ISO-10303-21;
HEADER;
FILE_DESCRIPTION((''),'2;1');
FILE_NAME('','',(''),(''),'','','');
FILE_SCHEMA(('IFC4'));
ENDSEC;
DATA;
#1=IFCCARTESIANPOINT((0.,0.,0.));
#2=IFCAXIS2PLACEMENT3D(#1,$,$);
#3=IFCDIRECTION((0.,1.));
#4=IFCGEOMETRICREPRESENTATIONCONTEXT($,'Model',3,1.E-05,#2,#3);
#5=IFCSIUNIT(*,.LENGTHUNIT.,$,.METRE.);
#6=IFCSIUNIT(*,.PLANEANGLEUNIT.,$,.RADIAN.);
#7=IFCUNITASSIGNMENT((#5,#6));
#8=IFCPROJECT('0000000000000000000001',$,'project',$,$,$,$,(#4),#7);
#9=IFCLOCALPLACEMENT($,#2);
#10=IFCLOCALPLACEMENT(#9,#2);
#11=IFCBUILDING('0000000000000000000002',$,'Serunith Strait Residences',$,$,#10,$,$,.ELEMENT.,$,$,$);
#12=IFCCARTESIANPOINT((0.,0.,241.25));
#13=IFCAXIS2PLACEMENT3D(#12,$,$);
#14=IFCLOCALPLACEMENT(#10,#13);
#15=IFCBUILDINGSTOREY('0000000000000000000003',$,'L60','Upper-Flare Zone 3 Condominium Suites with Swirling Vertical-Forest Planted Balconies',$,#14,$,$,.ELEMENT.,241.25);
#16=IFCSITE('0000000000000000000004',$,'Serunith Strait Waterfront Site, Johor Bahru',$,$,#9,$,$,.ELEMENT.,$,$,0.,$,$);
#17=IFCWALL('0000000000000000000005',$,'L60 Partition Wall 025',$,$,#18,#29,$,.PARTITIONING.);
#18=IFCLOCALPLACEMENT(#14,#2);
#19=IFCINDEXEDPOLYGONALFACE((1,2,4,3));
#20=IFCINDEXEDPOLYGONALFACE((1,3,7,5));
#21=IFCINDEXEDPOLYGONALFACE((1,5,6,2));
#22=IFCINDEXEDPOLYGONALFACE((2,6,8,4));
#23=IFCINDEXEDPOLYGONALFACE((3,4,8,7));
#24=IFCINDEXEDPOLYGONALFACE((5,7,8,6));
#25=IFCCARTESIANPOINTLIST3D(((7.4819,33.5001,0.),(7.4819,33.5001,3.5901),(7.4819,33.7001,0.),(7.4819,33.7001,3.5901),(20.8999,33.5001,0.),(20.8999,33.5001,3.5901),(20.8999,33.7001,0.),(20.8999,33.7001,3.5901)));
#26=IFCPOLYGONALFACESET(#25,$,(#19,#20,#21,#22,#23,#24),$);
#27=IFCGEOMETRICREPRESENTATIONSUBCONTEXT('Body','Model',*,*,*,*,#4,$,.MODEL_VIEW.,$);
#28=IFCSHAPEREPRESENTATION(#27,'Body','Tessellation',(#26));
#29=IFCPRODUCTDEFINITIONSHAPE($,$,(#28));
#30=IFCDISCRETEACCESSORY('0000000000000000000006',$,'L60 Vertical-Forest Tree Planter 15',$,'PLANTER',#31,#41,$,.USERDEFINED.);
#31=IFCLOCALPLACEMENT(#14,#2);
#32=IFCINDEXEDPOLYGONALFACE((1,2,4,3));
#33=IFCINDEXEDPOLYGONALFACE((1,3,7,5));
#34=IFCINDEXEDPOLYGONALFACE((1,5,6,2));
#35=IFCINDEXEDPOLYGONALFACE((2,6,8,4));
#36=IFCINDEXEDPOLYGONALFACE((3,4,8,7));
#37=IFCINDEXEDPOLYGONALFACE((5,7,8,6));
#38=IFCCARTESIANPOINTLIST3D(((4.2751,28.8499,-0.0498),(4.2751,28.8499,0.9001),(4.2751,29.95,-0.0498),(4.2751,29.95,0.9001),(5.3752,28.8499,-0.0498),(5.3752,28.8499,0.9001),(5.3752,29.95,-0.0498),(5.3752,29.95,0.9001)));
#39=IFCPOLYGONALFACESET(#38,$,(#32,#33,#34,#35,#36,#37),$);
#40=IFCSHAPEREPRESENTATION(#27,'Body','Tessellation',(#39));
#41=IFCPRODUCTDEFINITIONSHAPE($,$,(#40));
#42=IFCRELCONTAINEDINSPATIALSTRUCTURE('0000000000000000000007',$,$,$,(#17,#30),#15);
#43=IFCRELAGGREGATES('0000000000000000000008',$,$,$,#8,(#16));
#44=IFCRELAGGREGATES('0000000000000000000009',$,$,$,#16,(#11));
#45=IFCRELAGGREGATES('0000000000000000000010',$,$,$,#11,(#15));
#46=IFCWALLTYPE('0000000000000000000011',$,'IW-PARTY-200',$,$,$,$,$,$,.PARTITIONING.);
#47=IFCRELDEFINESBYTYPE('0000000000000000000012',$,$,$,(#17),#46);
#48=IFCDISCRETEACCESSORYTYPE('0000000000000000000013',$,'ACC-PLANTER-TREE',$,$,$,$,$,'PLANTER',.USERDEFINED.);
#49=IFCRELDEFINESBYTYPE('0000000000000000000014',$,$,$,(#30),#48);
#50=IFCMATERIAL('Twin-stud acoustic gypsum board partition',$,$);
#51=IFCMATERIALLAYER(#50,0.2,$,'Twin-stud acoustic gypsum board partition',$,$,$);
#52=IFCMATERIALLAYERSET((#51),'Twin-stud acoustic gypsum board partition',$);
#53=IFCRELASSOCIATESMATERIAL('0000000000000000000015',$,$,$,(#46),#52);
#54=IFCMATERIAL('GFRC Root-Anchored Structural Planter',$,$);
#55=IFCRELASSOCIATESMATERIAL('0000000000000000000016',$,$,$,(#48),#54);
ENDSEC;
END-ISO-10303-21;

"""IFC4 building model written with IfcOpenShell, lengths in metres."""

from ifc_helpers import new_model, si_unit, direction, frame, frame_2d, origin, origin_2d, place, context, subcontext, project, spatial, rectangle, extrude, source, transform, mapped, material, layer, layer_set, type_object, element, save


model = new_model("IFC4")

# Units and contexts
model_context = context("Model", 3, precision=1e-05, world=origin(), true_north=direction((0.0, 1.0)))
body_context = subcontext(model_context, "Body", "Model", "MODEL_VIEW")
ifc_project = project(units=[si_unit("LENGTHUNIT", "METRE"), si_unit("PLANEANGLEUNIT", "RADIAN")], contexts=[model_context])

# Site, building, storey
site_placement = place(None, origin())
site = spatial("IfcSite", under=ifc_project, at=site_placement, Name="Serunith Strait Waterfront Site, Johor Bahru", CompositionType="ELEMENT", RefElevation=0.0)
building_placement = place(site_placement, origin())
building = spatial("IfcBuilding", under=site, at=building_placement, Name="Serunith Strait Residences", CompositionType="ELEMENT")
storey_placement = place(building_placement, frame((0.0, 0.0, 241.25)))
storey = spatial("IfcBuildingStorey", under=building, at=storey_placement, Name="L60", Description="Upper-Flare Zone 3 Condominium Suites with Swirling Vertical-Forest Planted Balconies", CompositionType="ELEMENT", Elevation=241.25)

# Wall
ifc_material_1 = material(Name="Twin-stud acoustic gypsum board partition")
ifc_layer_1 = layer(ifc_material_1, 0.2, Name="Twin-stud acoustic gypsum board partition")
ifc_layer_set_1 = layer_set([ifc_layer_1], Name="Twin-stud acoustic gypsum board partition")
wall_type_1 = type_object("IfcWallType", Name="IW-PARTY-200", PredefinedType="PARTITIONING", material=ifc_layer_set_1)
wall_1_placement = place(storey_placement, frame((7.4819, 33.6001, 0.0), z_axis=(0.0, 0.0, 1.0), x_axis=(1.0, 0.0, 0.0)))
element("IfcWall", 1, at=wall_1_placement, inside=storey, type_object=wall_type_1, Name="L60 Partition Wall 025", PredefinedType="PARTITIONING", context=body_context, shape_type="SweptSolid", body=[
    extrude(rectangle(XDim=13.418, YDim=0.2, at=frame_2d((6.709, 0.0))), origin(), (0.0, 0.0, 1.0), 3.5901),
])

# Discrete accessory
ifc_material_2 = material(Name="GFRC Root-Anchored Structural Planter")
discrete_accessory_type = type_object("IfcDiscreteAccessoryType", Name="ACC-PLANTER-TREE", ElementType="PLANTER", PredefinedType="USERDEFINED", material=ifc_material_2)
shared_shape_1 = source(origin(), body_context, "Body", "SweptSolid", [
    extrude(rectangle(XDim=1.1001, YDim=1.1001, at=origin_2d()), origin(), (0.0, 0.0, 1.0), 0.95),
])
discrete_accessory_placement = place(storey_placement, frame((4.8252, 29.3999, -0.0498), z_axis=(0.0, 0.0, 1.0), x_axis=(0.0, -1.0, 0.0)))
element("IfcDiscreteAccessory", 2, at=discrete_accessory_placement, inside=storey, type_object=discrete_accessory_type, Name="L60 Vertical-Forest Tree Planter 15", ObjectType="PLANTER", PredefinedType="USERDEFINED", context=body_context, shape_type="MappedRepresentation", body=[
    mapped(shared_shape_1, transform((0.0, 0.0, 0.0), scale=1.0)),
])

save(model, "model.ifc")
